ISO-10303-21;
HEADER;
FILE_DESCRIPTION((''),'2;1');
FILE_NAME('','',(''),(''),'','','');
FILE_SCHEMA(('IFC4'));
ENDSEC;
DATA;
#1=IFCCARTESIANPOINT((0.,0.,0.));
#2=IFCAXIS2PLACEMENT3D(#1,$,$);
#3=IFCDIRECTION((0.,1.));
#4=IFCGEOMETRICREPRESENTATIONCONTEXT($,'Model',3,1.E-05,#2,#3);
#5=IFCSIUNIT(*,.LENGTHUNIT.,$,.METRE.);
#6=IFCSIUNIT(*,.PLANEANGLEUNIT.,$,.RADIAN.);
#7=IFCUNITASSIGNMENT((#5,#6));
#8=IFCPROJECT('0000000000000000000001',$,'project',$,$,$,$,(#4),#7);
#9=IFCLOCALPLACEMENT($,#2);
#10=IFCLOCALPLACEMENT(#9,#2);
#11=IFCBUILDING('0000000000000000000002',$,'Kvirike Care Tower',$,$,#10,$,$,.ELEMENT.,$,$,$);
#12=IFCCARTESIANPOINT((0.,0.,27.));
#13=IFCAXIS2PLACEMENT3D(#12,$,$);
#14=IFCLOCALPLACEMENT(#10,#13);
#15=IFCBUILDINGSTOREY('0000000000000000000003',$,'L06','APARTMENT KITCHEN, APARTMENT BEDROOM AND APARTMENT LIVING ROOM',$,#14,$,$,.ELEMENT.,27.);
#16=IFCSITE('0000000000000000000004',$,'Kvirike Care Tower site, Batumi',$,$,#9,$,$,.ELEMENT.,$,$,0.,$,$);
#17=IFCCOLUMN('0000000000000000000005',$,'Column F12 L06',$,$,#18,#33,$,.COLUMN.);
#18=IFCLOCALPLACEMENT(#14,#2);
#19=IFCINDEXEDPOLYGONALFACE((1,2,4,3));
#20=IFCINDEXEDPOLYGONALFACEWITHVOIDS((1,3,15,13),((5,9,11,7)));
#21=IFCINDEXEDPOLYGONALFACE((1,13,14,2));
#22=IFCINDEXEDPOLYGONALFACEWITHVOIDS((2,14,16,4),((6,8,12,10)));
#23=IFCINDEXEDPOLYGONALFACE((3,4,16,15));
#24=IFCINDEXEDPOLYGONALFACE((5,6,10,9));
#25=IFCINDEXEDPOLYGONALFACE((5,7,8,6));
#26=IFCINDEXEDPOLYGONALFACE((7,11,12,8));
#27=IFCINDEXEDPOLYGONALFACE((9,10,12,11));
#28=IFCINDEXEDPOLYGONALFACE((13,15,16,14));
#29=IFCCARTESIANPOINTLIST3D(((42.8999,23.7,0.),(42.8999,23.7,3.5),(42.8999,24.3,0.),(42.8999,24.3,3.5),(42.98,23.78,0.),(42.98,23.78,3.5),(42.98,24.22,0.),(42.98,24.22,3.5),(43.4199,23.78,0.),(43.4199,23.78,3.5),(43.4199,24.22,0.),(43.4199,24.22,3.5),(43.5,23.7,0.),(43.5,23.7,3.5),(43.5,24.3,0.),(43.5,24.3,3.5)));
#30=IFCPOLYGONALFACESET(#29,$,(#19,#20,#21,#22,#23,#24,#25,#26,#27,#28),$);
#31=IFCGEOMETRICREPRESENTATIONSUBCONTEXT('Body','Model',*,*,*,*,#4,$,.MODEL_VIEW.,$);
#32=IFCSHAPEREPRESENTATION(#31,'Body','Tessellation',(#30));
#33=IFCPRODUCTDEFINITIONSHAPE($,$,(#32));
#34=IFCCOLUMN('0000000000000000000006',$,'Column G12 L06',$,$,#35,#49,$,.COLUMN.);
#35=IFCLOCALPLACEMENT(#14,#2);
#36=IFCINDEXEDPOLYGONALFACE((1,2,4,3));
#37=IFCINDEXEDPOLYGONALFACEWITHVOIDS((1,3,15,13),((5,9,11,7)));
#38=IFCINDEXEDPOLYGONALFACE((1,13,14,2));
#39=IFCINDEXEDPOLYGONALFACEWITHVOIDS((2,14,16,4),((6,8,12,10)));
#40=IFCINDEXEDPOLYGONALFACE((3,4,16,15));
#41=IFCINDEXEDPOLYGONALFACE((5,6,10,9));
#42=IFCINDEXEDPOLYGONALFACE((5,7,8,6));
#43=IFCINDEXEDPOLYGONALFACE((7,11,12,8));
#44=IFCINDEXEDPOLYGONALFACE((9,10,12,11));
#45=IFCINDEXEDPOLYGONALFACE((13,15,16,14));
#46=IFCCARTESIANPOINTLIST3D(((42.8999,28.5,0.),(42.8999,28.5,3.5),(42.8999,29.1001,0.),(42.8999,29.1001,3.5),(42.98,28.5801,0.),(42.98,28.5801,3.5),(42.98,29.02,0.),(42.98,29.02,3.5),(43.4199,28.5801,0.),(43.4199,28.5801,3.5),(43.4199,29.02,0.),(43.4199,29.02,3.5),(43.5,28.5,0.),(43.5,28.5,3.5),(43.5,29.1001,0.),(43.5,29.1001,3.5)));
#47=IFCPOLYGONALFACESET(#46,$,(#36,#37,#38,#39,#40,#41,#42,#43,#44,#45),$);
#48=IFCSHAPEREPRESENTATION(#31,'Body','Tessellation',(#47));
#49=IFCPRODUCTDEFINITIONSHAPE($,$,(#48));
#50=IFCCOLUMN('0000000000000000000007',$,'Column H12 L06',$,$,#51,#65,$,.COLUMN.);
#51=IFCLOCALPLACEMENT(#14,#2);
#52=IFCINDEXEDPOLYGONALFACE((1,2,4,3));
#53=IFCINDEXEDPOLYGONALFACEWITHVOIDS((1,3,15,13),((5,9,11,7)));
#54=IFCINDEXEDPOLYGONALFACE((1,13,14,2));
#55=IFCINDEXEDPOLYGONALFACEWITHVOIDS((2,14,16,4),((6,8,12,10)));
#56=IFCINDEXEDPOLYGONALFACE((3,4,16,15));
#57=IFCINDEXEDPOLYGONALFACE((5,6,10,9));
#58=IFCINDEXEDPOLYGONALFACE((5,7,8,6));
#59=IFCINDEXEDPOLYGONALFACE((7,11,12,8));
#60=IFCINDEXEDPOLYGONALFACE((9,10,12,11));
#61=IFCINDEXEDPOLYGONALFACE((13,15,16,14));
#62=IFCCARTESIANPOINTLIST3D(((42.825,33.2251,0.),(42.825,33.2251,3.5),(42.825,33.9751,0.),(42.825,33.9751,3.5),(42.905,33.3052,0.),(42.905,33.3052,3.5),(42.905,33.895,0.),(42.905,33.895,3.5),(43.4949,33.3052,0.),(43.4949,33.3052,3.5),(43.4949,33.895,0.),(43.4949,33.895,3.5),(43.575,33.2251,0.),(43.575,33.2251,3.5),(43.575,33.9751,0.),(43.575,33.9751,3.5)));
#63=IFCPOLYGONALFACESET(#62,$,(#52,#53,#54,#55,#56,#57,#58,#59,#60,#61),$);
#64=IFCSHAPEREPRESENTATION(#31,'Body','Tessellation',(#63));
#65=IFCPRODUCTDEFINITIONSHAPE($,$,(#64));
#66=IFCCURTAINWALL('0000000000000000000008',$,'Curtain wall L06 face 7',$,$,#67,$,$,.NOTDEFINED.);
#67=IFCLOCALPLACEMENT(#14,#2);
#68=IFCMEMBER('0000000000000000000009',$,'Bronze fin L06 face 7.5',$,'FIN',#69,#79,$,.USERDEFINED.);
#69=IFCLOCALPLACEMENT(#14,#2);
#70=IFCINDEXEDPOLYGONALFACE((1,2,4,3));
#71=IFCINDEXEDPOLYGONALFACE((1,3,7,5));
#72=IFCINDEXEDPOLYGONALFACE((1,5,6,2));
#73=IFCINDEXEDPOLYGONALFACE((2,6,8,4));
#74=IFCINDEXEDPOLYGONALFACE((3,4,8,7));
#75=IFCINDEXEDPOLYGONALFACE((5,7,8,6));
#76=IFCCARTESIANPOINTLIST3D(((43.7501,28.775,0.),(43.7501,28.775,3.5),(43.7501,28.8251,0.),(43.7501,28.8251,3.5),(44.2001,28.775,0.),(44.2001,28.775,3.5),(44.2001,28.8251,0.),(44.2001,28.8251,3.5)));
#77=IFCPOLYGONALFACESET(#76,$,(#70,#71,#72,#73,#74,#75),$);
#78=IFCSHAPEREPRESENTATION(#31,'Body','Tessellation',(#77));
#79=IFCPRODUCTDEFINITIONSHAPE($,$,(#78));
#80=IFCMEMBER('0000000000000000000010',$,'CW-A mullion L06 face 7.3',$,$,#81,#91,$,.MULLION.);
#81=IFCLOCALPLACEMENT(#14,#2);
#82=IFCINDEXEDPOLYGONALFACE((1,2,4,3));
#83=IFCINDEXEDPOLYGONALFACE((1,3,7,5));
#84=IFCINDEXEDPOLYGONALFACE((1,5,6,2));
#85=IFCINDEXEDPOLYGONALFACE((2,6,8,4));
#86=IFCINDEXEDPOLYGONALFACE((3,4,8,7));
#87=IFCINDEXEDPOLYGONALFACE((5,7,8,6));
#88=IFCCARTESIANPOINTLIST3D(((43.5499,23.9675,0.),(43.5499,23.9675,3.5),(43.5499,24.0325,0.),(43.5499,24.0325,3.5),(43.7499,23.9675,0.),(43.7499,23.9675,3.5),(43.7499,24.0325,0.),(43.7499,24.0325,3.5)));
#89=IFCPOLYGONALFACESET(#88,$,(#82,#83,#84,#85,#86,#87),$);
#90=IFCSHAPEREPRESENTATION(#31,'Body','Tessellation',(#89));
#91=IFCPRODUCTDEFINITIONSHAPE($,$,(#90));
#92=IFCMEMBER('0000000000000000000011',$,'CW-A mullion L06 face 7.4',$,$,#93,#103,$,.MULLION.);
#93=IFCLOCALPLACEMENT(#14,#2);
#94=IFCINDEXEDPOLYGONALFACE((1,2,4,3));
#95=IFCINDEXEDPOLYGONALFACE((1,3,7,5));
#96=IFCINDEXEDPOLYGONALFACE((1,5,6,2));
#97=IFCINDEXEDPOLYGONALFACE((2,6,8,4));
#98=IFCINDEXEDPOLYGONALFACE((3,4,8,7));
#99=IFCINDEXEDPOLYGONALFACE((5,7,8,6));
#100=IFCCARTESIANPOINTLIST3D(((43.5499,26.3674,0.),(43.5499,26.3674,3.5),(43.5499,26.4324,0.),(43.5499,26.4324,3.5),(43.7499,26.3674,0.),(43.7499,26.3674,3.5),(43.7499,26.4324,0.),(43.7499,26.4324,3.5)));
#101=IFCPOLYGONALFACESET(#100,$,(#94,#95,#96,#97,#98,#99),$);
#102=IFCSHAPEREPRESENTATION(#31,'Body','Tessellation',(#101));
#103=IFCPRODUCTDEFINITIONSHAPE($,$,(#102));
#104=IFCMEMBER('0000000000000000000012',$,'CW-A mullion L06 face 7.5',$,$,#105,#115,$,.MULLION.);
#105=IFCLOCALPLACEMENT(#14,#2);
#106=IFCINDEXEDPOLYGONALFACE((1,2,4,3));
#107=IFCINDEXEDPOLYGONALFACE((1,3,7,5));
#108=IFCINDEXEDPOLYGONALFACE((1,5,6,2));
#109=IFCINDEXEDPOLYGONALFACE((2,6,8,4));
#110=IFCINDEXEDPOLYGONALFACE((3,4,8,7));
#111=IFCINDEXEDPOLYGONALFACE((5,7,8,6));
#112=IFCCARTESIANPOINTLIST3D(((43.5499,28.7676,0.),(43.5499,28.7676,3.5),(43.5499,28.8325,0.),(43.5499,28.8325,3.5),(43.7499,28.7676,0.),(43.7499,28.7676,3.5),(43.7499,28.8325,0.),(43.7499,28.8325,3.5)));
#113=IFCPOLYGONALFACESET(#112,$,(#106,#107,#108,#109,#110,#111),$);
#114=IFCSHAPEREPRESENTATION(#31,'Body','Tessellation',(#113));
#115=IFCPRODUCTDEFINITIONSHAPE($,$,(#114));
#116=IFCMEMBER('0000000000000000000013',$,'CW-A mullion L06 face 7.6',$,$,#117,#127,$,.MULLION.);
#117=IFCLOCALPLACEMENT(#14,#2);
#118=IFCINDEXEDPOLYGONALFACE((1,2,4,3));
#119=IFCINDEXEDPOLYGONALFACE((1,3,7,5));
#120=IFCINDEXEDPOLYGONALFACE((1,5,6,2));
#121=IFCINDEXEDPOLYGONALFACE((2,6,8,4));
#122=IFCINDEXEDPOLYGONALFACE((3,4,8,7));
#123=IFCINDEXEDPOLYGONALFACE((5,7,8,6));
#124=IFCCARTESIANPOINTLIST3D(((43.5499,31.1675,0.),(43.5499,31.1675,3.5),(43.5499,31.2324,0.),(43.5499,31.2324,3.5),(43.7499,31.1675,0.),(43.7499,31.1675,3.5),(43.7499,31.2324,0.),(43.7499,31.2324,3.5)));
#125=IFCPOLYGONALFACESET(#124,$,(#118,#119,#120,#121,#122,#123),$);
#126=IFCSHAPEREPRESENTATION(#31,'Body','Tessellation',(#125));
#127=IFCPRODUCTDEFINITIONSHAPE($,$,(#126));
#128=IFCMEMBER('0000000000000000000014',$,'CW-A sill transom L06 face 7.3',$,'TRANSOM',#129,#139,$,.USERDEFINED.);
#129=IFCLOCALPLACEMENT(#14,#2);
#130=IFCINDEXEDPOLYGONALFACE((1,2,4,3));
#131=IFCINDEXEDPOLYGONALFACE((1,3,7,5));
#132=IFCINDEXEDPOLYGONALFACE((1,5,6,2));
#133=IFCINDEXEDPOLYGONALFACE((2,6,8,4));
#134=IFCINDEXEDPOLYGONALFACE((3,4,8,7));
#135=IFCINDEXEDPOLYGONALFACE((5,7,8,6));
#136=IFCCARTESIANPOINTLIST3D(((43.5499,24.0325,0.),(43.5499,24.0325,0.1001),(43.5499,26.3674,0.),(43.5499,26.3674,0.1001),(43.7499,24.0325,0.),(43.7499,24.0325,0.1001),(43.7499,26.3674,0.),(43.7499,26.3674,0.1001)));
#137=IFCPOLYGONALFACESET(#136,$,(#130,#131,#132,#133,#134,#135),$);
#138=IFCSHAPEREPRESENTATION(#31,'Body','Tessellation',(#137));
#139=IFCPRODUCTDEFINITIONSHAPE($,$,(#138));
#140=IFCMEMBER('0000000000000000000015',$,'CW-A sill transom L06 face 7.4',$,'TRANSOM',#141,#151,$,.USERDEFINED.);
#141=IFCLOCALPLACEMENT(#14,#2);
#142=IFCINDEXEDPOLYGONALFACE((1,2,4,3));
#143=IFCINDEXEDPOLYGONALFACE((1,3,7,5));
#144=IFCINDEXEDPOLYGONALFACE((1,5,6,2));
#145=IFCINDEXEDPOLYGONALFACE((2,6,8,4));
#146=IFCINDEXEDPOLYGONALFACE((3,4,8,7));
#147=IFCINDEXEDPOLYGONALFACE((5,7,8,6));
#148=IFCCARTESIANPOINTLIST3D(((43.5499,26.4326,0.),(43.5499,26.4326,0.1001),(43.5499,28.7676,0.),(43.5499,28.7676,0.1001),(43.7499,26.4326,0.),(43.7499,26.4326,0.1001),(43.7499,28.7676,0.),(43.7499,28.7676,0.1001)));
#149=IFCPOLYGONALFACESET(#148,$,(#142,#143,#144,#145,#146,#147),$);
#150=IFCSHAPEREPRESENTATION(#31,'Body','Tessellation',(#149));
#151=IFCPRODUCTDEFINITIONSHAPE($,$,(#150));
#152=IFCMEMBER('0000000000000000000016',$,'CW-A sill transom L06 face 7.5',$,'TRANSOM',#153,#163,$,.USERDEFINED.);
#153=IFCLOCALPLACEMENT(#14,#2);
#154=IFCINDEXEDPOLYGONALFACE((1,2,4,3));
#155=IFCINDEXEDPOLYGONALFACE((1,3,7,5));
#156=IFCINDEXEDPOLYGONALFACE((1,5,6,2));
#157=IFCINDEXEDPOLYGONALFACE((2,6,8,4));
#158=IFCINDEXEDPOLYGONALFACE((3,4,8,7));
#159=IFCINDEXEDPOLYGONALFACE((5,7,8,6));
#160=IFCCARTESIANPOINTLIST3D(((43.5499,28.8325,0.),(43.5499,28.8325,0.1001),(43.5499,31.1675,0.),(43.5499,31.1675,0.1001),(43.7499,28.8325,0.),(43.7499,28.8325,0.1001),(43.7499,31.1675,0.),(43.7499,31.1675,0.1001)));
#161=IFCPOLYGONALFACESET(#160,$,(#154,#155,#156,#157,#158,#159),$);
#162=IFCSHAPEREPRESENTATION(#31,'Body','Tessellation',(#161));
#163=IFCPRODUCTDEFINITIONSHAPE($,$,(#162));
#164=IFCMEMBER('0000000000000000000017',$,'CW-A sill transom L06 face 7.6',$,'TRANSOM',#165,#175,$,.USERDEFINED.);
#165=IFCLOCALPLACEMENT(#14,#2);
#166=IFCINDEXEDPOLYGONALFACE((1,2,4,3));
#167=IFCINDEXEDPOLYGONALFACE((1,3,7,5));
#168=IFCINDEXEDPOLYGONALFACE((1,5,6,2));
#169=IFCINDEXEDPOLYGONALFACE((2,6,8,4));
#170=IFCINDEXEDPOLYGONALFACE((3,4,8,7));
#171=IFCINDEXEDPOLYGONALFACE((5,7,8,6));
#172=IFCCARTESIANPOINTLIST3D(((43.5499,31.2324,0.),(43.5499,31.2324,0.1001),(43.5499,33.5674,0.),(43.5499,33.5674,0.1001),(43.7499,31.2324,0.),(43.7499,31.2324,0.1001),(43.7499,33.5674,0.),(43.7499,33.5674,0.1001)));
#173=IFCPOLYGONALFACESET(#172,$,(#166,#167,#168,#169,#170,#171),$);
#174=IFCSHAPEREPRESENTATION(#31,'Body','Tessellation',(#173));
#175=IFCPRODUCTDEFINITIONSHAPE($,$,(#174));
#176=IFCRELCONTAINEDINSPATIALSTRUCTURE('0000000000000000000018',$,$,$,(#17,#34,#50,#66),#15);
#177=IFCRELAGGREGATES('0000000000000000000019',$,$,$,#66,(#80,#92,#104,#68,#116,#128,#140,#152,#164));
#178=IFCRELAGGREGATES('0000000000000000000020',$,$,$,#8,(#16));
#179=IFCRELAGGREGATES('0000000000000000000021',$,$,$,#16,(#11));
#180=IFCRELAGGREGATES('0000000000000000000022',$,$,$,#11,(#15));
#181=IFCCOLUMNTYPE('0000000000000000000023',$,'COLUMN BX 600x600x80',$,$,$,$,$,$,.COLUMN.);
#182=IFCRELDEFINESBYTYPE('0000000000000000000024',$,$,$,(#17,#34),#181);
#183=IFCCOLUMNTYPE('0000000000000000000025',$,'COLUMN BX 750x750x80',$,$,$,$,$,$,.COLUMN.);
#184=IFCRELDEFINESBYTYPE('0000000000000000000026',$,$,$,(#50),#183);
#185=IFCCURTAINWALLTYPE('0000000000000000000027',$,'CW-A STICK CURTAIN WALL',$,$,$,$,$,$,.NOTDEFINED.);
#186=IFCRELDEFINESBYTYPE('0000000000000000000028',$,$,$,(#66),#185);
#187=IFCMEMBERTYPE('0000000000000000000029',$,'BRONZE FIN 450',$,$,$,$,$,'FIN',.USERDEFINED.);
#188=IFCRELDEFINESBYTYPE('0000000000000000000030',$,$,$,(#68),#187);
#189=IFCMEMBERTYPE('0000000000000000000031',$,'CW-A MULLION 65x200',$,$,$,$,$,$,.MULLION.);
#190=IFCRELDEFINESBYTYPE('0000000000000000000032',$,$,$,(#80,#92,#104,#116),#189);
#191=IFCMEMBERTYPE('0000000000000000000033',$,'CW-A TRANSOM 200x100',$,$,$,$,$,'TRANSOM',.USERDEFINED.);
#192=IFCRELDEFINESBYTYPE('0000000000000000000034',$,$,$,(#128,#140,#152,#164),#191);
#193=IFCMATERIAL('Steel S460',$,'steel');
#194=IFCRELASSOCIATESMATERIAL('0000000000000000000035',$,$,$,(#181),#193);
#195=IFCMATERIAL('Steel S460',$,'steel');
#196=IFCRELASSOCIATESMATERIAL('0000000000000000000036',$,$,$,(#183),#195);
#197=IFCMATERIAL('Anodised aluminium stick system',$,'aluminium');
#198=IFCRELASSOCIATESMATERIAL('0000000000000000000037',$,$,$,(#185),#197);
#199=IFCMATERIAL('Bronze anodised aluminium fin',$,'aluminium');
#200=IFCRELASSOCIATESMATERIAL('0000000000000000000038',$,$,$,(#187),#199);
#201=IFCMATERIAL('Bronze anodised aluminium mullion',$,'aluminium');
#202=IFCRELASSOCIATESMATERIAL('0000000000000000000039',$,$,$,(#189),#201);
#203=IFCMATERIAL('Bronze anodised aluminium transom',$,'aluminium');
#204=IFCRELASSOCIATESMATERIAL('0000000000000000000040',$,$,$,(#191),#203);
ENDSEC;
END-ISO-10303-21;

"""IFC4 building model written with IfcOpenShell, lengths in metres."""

from ifc_helpers import new_model, si_unit, direction, frame, origin, origin_2d, place, context, subcontext, project, spatial, rectangle, hollow_rectangle, extrude, material, material_profile, profile_set, type_object, element, aggregate, save


model = new_model("IFC4")

# Units and contexts
model_context = context("Model", 3, precision=1e-05, world=origin(), true_north=direction((0.0, 1.0)))
body_context = subcontext(model_context, "Body", "Model", "MODEL_VIEW")
ifc_project = project(units=[si_unit("LENGTHUNIT", "METRE"), si_unit("PLANEANGLEUNIT", "RADIAN")], contexts=[model_context])

# Site, building, storey
site_placement = place(None, origin())
site = spatial("IfcSite", under=ifc_project, at=site_placement, Name="Kvirike Care Tower site, Batumi", CompositionType="ELEMENT", RefElevation=0.0)
building_placement = place(site_placement, origin())
building = spatial("IfcBuilding", under=site, at=building_placement, Name="Kvirike Care Tower", CompositionType="ELEMENT")
storey_placement = place(building_placement, frame((0.0, 0.0, 27.0)))
storey = spatial("IfcBuildingStorey", under=building, at=storey_placement, Name="L06", Description="APARTMENT KITCHEN, APARTMENT BEDROOM AND APARTMENT LIVING ROOM", CompositionType="ELEMENT", Elevation=27.0)

# Columns
ifc_material_1 = material(Name="Steel S460", Category="steel")
ifc_material_profile_1 = material_profile(ifc_material_1, hollow_rectangle(XDim=0.6001, YDim=0.6001, WallThickness=0.0801, at=origin_2d()), Name="BX 600x600x80")
ifc_profile_set_1 = profile_set([ifc_material_profile_1], Name="Steel S460")
column_type_1 = type_object("IfcColumnType", Name="COLUMN BX 600x600x80", PredefinedType="COLUMN", material=ifc_profile_set_1)
for number, where, z_axis, x_axis, name in (
    (1, (43.2, 24.0, 0.0), (0.0, 0.0, 1.0), (1.0, 0.0, 0.0), "Column F12 L06"),
    (2, (43.2, 28.8, 0.0), (0.0, 0.0, 1.0), (0.0, 1.0, 0.0), "Column G12 L06"),
):
    element("IfcColumn", number, at=place(storey_placement, frame(where, z_axis=z_axis, x_axis=x_axis)), inside=storey, type_object=column_type_1, Name=name, PredefinedType="COLUMN", context=body_context, shape_type="SweptSolid", body=[
        extrude(hollow_rectangle(XDim=0.6001, YDim=0.6001, WallThickness=0.0801, at=origin_2d()), origin(), (0.0, 0.0, 1.0), 3.5),
    ])
ifc_material_2 = material(Name="Steel S460", Category="steel")
ifc_material_profile_2 = material_profile(ifc_material_2, hollow_rectangle(XDim=0.75, YDim=0.75, WallThickness=0.0801, at=origin_2d()), Name="BX 750x750x80")
ifc_profile_set_2 = profile_set([ifc_material_profile_2], Name="Steel S460")
column_type_2 = type_object("IfcColumnType", Name="COLUMN BX 750x750x80", PredefinedType="COLUMN", material=ifc_profile_set_2)
column_placement = place(storey_placement, frame((43.2, 33.6001, 0.0), z_axis=(0.0, 0.0, 1.0), x_axis=(1.0, 0.0, 0.0)))
element("IfcColumn", 3, at=column_placement, inside=storey, type_object=column_type_2, Name="Column H12 L06", PredefinedType="COLUMN", context=body_context, shape_type="SweptSolid", body=[
    extrude(hollow_rectangle(XDim=0.75, YDim=0.75, WallThickness=0.0801, at=origin_2d()), origin(), (0.0, 0.0, 1.0), 3.5),
])

# Curtain wall, members
ifc_material_3 = material(Name="Anodised aluminium stick system", Category="aluminium")
curtain_wall_type = type_object("IfcCurtainWallType", Name="CW-A STICK CURTAIN WALL", PredefinedType="NOTDEFINED", material=ifc_material_3)
curtain_wall_placement = place(storey_placement, origin())
curtain_wall = element("IfcCurtainWall", 4, at=curtain_wall_placement, inside=storey, type_object=curtain_wall_type, Name="Curtain wall L06 face 7", PredefinedType="NOTDEFINED")
ifc_material_4 = material(Name="Bronze anodised aluminium fin", Category="aluminium")
ifc_material_profile_3 = material_profile(ifc_material_4, rectangle(XDim=0.05, YDim=0.45, at=origin_2d()), Name="BRONZE FIN 450")
ifc_profile_set_3 = profile_set([ifc_material_profile_3], Name="Bronze anodised aluminium fin")
member_type_1 = type_object("IfcMemberType", Name="BRONZE FIN 450", ElementType="FIN", PredefinedType="USERDEFINED", material=ifc_profile_set_3)
member_1_placement = place(storey_placement, frame((43.9751, 28.8, 0.0), z_axis=(0.0, 0.0, 1.0), x_axis=(0.0, 1.0, 0.0)))
member_1 = element("IfcMember", 5, at=member_1_placement, type_object=member_type_1, Name="Bronze fin L06 face 7.5", ObjectType="FIN", PredefinedType="USERDEFINED", context=body_context, shape_type="SweptSolid", body=[
    extrude(rectangle(XDim=0.05, YDim=0.45, at=origin_2d()), origin(), (0.0, 0.0, 1.0), 3.5),
])
ifc_material_5 = material(Name="Bronze anodised aluminium mullion", Category="aluminium")
ifc_material_profile_4 = material_profile(ifc_material_5, rectangle(XDim=0.0649, YDim=0.2, at=origin_2d()), Name="CW-A MULLION 65x200")
ifc_profile_set_4 = profile_set([ifc_material_profile_4], Name="Bronze anodised aluminium mullion")
member_type_2 = type_object("IfcMemberType", Name="CW-A MULLION 65x200", PredefinedType="MULLION", material=ifc_profile_set_4)
member_2_placement = place(storey_placement, frame((43.6499, 24.0, 0.0), z_axis=(0.0, 0.0, 1.0), x_axis=(0.0, 1.0, 0.0)))
member_2 = element("IfcMember", 6, at=member_2_placement, type_object=member_type_2, Name="CW-A mullion L06 face 7.3", PredefinedType="MULLION", context=body_context, shape_type="SweptSolid", body=[
    extrude(rectangle(XDim=0.0649, YDim=0.2, at=origin_2d()), origin(), (0.0, 0.0, 1.0), 3.5),
])
member_3_placement = place(storey_placement, frame((43.6499, 26.3999, 0.0), z_axis=(0.0, 0.0, 1.0), x_axis=(0.0, 1.0, 0.0)))
member_3 = element("IfcMember", 7, at=member_3_placement, type_object=member_type_2, Name="CW-A mullion L06 face 7.4", PredefinedType="MULLION", context=body_context, shape_type="SweptSolid", body=[
    extrude(rectangle(XDim=0.0649, YDim=0.2, at=origin_2d()), origin(), (0.0, 0.0, 1.0), 3.5),
])
member_4_placement = place(storey_placement, frame((43.6499, 28.8, 0.0), z_axis=(0.0, 0.0, 1.0), x_axis=(0.0, 1.0, 0.0)))
member_4 = element("IfcMember", 8, at=member_4_placement, type_object=member_type_2, Name="CW-A mullion L06 face 7.5", PredefinedType="MULLION", context=body_context, shape_type="SweptSolid", body=[
    extrude(rectangle(XDim=0.0649, YDim=0.2, at=origin_2d()), origin(), (0.0, 0.0, 1.0), 3.5),
])
member_5_placement = place(storey_placement, frame((43.6499, 31.2, 0.0), z_axis=(0.0, 0.0, 1.0), x_axis=(0.0, 1.0, 0.0)))
member_5 = element("IfcMember", 9, at=member_5_placement, type_object=member_type_2, Name="CW-A mullion L06 face 7.6", PredefinedType="MULLION", context=body_context, shape_type="SweptSolid", body=[
    extrude(rectangle(XDim=0.0649, YDim=0.2, at=origin_2d()), origin(), (0.0, 0.0, 1.0), 3.5),
])
ifc_material_6 = material(Name="Bronze anodised aluminium transom", Category="aluminium")
ifc_material_profile_5 = material_profile(ifc_material_6, rectangle(XDim=0.2, YDim=0.1001, at=origin_2d()), Name="CW-A TRANSOM 200x100")
ifc_profile_set_5 = profile_set([ifc_material_profile_5], Name="Bronze anodised aluminium transom")
member_type_3 = type_object("IfcMemberType", Name="CW-A TRANSOM 200x100", ElementType="TRANSOM", PredefinedType="USERDEFINED", material=ifc_profile_set_5)
member_6_placement = place(storey_placement, frame((43.6499, 24.0325, 0.05), z_axis=(0.0, 1.0, 0.0), x_axis=(-1.0, 0.0, 0.0)))
member_6 = element("IfcMember", 10, at=member_6_placement, type_object=member_type_3, Name="CW-A sill transom L06 face 7.3", ObjectType="TRANSOM", PredefinedType="USERDEFINED", context=body_context, shape_type="SweptSolid", body=[
    extrude(rectangle(XDim=0.2, YDim=0.1001, at=origin_2d()), origin(), (0.0, 0.0, 1.0), 2.335),
])
member_7_placement = place(storey_placement, frame((43.6499, 26.4326, 0.05), z_axis=(0.0, 1.0, 0.0), x_axis=(-1.0, 0.0, 0.0)))
member_7 = element("IfcMember", 11, at=member_7_placement, type_object=member_type_3, Name="CW-A sill transom L06 face 7.4", ObjectType="TRANSOM", PredefinedType="USERDEFINED", context=body_context, shape_type="SweptSolid", body=[
    extrude(rectangle(XDim=0.2, YDim=0.1001, at=origin_2d()), origin(), (0.0, 0.0, 1.0), 2.335),
])
member_8_placement = place(storey_placement, frame((43.6499, 28.8325, 0.05), z_axis=(0.0, 1.0, 0.0), x_axis=(-1.0, 0.0, 0.0)))
member_8 = element("IfcMember", 12, at=member_8_placement, type_object=member_type_3, Name="CW-A sill transom L06 face 7.5", ObjectType="TRANSOM", PredefinedType="USERDEFINED", context=body_context, shape_type="SweptSolid", body=[
    extrude(rectangle(XDim=0.2, YDim=0.1001, at=origin_2d()), origin(), (0.0, 0.0, 1.0), 2.335),
])
member_9_placement = place(storey_placement, frame((43.6499, 31.2324, 0.05), z_axis=(0.0, 1.0, 0.0), x_axis=(-1.0, 0.0, 0.0)))
member_9 = element("IfcMember", 13, at=member_9_placement, type_object=member_type_3, Name="CW-A sill transom L06 face 7.6", ObjectType="TRANSOM", PredefinedType="USERDEFINED", context=body_context, shape_type="SweptSolid", body=[
    extrude(rectangle(XDim=0.2, YDim=0.1001, at=origin_2d()), origin(), (0.0, 0.0, 1.0), 2.335),
])

aggregate(curtain_wall, [member_2, member_3, member_4, member_1, member_5, member_6, member_7, member_8, member_9])

save(model, "model.ifc")
